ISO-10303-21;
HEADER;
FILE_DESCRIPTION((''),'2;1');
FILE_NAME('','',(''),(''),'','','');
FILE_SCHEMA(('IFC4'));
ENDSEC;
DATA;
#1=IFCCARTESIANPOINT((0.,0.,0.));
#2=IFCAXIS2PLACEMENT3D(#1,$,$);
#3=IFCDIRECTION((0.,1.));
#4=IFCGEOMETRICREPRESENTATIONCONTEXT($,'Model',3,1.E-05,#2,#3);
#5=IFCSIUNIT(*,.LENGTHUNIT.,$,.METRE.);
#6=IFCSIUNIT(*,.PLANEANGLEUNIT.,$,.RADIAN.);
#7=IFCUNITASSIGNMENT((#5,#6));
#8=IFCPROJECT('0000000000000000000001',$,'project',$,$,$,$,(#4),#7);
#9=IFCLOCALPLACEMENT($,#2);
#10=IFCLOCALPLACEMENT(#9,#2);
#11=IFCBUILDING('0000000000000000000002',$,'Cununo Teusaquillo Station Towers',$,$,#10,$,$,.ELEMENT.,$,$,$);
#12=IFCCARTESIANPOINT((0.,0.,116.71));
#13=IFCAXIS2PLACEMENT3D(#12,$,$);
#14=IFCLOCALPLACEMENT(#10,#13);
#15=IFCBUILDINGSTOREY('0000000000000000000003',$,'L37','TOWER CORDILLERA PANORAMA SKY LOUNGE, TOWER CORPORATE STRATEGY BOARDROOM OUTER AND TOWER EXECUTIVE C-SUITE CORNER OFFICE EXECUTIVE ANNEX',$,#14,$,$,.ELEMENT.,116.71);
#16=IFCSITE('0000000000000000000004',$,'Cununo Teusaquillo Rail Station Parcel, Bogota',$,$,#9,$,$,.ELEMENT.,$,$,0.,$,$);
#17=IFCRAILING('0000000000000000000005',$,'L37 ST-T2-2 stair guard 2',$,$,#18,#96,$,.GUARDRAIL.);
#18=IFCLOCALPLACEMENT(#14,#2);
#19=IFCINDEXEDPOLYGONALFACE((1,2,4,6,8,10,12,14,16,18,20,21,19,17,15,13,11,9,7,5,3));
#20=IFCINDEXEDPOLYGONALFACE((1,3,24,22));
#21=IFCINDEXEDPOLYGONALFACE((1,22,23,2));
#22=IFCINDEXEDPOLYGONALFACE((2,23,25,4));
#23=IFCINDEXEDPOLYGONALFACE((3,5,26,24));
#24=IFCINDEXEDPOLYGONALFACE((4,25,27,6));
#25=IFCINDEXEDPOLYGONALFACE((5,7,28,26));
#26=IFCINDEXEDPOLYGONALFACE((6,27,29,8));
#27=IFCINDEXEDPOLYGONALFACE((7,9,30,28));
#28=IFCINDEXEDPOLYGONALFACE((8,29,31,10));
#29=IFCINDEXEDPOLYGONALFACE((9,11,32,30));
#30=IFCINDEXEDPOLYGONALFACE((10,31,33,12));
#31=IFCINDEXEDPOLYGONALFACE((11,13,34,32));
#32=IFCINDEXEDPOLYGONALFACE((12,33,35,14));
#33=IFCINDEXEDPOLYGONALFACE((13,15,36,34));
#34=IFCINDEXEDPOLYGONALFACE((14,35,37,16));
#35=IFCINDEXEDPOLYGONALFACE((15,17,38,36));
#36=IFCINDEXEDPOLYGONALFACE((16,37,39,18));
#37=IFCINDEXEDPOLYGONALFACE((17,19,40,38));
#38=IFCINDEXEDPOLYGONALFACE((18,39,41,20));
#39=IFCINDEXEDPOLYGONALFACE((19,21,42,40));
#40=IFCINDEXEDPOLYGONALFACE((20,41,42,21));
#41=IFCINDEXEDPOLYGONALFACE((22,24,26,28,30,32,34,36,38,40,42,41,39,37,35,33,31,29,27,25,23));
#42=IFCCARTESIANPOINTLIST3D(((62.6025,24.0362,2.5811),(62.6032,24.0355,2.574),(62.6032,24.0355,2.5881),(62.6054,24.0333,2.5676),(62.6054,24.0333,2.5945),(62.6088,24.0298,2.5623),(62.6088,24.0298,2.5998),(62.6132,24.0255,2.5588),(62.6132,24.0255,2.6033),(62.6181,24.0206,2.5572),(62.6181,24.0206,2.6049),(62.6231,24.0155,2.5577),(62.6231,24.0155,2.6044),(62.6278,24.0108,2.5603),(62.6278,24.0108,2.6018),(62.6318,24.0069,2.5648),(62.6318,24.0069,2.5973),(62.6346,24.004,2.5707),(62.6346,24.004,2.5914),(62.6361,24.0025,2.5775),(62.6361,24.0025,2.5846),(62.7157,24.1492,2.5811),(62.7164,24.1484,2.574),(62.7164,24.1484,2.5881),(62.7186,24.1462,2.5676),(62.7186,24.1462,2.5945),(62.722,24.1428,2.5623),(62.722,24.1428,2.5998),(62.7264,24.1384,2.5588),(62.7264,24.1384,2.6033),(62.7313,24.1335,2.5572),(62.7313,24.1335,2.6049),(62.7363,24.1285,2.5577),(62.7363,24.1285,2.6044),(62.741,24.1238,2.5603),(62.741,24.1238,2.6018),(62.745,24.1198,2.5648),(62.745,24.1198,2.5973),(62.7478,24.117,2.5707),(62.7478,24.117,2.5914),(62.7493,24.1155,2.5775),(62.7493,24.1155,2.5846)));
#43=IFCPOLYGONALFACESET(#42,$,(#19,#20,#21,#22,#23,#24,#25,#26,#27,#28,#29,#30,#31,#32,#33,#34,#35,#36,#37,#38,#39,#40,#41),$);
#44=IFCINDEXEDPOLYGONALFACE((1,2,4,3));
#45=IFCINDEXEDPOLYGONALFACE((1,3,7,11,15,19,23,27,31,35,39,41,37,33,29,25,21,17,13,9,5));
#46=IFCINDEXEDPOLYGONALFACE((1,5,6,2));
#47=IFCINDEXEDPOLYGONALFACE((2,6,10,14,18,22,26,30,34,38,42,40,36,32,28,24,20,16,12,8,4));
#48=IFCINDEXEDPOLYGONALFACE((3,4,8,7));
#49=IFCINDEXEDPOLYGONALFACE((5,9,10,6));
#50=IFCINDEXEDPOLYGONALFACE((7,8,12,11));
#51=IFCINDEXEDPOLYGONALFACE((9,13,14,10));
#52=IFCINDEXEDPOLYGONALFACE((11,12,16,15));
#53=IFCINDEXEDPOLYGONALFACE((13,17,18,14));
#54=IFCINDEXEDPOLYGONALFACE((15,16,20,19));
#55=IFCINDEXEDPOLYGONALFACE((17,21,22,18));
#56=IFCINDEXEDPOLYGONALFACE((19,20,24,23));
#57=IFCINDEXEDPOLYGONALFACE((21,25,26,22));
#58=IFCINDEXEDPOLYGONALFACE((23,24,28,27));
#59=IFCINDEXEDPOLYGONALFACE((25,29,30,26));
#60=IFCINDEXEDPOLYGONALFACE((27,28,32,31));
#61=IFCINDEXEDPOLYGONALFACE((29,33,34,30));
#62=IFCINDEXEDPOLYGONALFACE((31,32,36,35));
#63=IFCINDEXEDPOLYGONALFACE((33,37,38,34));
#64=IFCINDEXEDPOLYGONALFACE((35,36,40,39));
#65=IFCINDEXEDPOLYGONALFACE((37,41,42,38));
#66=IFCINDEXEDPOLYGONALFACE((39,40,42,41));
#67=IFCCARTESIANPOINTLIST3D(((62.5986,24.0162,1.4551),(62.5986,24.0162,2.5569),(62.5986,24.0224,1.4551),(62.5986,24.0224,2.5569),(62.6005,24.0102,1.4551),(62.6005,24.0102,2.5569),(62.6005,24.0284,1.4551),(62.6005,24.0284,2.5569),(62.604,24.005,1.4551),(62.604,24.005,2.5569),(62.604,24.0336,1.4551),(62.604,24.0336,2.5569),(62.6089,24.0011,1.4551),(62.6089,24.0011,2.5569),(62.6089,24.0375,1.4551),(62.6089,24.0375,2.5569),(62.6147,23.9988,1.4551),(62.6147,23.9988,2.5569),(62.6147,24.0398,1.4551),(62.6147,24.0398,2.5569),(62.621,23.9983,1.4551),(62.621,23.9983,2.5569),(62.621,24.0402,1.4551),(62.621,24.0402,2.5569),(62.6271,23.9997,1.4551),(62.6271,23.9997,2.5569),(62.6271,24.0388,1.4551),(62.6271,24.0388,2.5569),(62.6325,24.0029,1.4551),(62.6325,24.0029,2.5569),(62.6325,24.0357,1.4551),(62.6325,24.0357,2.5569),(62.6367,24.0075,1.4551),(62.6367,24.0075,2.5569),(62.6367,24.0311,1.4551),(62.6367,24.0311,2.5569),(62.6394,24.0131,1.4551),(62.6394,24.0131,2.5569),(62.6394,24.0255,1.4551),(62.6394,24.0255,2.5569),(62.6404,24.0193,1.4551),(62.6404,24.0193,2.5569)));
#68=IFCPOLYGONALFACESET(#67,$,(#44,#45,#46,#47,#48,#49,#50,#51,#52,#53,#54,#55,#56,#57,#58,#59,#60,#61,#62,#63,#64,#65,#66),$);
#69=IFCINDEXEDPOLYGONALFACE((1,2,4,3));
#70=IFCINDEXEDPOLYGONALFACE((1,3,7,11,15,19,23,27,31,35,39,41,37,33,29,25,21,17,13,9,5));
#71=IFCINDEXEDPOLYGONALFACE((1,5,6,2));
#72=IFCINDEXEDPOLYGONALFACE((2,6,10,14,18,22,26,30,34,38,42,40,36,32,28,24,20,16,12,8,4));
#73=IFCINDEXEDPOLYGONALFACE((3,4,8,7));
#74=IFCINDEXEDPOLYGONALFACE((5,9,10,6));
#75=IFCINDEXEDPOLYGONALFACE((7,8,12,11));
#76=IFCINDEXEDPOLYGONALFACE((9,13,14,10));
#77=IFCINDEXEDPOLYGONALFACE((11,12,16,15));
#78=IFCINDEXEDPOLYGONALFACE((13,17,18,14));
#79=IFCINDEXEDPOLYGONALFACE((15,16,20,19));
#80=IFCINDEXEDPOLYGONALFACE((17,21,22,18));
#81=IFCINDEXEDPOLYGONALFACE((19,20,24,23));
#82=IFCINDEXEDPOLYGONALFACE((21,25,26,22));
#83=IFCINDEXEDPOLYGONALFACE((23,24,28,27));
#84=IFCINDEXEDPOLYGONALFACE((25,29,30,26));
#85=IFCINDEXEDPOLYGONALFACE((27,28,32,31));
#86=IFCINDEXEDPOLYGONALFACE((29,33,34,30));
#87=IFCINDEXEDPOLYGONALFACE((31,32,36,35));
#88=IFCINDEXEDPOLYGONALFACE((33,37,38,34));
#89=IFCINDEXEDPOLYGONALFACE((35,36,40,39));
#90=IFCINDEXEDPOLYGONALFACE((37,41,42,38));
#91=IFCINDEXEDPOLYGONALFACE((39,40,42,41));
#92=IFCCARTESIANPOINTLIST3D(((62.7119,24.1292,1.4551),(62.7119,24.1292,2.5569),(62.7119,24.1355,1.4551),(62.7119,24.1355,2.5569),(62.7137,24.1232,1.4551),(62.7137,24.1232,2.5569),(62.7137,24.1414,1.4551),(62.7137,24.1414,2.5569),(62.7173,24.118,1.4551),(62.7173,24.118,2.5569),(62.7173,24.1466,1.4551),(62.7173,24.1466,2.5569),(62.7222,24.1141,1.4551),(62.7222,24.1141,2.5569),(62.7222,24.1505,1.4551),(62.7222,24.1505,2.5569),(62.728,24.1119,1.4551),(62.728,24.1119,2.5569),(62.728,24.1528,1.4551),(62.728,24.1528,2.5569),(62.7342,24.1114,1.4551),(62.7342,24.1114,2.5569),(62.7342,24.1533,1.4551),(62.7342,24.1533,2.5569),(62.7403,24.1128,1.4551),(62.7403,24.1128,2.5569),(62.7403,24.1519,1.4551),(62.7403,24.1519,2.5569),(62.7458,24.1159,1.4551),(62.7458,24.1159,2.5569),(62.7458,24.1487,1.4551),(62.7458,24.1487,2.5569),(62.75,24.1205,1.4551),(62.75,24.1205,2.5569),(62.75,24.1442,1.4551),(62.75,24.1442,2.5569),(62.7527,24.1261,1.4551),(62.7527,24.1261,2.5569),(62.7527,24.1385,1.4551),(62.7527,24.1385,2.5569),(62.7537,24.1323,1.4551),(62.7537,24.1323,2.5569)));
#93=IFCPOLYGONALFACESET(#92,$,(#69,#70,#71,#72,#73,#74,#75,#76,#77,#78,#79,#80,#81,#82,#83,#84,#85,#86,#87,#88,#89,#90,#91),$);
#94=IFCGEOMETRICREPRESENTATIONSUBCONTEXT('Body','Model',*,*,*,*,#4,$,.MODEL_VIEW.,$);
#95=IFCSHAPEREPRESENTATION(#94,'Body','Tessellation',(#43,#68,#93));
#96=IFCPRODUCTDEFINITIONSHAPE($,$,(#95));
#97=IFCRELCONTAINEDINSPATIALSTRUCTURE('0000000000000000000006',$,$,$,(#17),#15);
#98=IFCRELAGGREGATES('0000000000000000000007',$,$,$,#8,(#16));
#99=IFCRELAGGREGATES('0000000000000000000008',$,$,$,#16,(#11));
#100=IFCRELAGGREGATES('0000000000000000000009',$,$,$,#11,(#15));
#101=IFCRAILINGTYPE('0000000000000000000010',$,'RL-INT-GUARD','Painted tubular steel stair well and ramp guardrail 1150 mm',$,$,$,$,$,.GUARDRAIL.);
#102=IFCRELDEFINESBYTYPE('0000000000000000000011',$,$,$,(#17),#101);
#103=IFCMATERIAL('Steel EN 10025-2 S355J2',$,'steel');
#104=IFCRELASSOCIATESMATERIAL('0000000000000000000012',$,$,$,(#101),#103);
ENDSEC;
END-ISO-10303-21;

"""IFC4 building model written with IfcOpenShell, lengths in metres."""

from ifc_helpers import new_model, si_unit, direction, frame, origin, origin_2d, place, context, subcontext, project, spatial, circle, extrude, material, type_object, element, save


model = new_model("IFC4")

# Units and contexts
model_context = context("Model", 3, precision=1e-05, world=origin(), true_north=direction((0.0, 1.0)))
body_context = subcontext(model_context, "Body", "Model", "MODEL_VIEW")
ifc_project = project(units=[si_unit("LENGTHUNIT", "METRE"), si_unit("PLANEANGLEUNIT", "RADIAN")], contexts=[model_context])

# Site, building, storey
site_placement = place(None, origin())
site = spatial("IfcSite", under=ifc_project, at=site_placement, Name="Cununo Teusaquillo Rail Station Parcel, Bogota", CompositionType="ELEMENT", RefElevation=0.0)
building_placement = place(site_placement, origin())
building = spatial("IfcBuilding", under=site, at=building_placement, Name="Cununo Teusaquillo Station Towers", CompositionType="ELEMENT")
storey_placement = place(building_placement, frame((0.0, 0.0, 116.71)))
storey = spatial("IfcBuildingStorey", under=building, at=storey_placement, Name="L37", Description="TOWER CORDILLERA PANORAMA SKY LOUNGE, TOWER CORPORATE STRATEGY BOARDROOM OUTER AND TOWER EXECUTIVE C-SUITE CORNER OFFICE EXECUTIVE ANNEX", CompositionType="ELEMENT", Elevation=116.71)

# Railing
ifc_material_1 = material(Name="Steel EN 10025-2 S355J2", Category="steel")
railing_type_1 = type_object("IfcRailingType", Name="RL-INT-GUARD", Description="Painted tubular steel stair well and ramp guardrail 1150 mm", PredefinedType="GUARDRAIL", material=ifc_material_1)
railing_1_placement = place(storey_placement, frame((62.6194, 24.0193, 1.4551)))
element("IfcRailing", 1, at=railing_1_placement, inside=storey, type_object=railing_type_1, Name="L37 ST-T2-2 stair guard 2", PredefinedType="GUARDRAIL", context=body_context, shape_type="SweptSolid", body=[
    extrude(circle(Radius=0.0239, at=origin_2d()), frame((0.0, 0.0, 1.126), z_axis=(0.707869, 0.706344, 0.0), x_axis=(-0.706344, 0.707869, 0.0)), (0.0, 0.0, 1.0), 0.1599),
    extrude(circle(Radius=0.021, at=origin_2d()), origin(), (0.0, 0.0, 1.0), 1.1018),
    extrude(circle(Radius=0.021, at=origin_2d()), frame((0.1133, 0.113, 0.0)), (0.0, 0.0, 1.0), 1.1018),
])

save(model, "model.ifc")
